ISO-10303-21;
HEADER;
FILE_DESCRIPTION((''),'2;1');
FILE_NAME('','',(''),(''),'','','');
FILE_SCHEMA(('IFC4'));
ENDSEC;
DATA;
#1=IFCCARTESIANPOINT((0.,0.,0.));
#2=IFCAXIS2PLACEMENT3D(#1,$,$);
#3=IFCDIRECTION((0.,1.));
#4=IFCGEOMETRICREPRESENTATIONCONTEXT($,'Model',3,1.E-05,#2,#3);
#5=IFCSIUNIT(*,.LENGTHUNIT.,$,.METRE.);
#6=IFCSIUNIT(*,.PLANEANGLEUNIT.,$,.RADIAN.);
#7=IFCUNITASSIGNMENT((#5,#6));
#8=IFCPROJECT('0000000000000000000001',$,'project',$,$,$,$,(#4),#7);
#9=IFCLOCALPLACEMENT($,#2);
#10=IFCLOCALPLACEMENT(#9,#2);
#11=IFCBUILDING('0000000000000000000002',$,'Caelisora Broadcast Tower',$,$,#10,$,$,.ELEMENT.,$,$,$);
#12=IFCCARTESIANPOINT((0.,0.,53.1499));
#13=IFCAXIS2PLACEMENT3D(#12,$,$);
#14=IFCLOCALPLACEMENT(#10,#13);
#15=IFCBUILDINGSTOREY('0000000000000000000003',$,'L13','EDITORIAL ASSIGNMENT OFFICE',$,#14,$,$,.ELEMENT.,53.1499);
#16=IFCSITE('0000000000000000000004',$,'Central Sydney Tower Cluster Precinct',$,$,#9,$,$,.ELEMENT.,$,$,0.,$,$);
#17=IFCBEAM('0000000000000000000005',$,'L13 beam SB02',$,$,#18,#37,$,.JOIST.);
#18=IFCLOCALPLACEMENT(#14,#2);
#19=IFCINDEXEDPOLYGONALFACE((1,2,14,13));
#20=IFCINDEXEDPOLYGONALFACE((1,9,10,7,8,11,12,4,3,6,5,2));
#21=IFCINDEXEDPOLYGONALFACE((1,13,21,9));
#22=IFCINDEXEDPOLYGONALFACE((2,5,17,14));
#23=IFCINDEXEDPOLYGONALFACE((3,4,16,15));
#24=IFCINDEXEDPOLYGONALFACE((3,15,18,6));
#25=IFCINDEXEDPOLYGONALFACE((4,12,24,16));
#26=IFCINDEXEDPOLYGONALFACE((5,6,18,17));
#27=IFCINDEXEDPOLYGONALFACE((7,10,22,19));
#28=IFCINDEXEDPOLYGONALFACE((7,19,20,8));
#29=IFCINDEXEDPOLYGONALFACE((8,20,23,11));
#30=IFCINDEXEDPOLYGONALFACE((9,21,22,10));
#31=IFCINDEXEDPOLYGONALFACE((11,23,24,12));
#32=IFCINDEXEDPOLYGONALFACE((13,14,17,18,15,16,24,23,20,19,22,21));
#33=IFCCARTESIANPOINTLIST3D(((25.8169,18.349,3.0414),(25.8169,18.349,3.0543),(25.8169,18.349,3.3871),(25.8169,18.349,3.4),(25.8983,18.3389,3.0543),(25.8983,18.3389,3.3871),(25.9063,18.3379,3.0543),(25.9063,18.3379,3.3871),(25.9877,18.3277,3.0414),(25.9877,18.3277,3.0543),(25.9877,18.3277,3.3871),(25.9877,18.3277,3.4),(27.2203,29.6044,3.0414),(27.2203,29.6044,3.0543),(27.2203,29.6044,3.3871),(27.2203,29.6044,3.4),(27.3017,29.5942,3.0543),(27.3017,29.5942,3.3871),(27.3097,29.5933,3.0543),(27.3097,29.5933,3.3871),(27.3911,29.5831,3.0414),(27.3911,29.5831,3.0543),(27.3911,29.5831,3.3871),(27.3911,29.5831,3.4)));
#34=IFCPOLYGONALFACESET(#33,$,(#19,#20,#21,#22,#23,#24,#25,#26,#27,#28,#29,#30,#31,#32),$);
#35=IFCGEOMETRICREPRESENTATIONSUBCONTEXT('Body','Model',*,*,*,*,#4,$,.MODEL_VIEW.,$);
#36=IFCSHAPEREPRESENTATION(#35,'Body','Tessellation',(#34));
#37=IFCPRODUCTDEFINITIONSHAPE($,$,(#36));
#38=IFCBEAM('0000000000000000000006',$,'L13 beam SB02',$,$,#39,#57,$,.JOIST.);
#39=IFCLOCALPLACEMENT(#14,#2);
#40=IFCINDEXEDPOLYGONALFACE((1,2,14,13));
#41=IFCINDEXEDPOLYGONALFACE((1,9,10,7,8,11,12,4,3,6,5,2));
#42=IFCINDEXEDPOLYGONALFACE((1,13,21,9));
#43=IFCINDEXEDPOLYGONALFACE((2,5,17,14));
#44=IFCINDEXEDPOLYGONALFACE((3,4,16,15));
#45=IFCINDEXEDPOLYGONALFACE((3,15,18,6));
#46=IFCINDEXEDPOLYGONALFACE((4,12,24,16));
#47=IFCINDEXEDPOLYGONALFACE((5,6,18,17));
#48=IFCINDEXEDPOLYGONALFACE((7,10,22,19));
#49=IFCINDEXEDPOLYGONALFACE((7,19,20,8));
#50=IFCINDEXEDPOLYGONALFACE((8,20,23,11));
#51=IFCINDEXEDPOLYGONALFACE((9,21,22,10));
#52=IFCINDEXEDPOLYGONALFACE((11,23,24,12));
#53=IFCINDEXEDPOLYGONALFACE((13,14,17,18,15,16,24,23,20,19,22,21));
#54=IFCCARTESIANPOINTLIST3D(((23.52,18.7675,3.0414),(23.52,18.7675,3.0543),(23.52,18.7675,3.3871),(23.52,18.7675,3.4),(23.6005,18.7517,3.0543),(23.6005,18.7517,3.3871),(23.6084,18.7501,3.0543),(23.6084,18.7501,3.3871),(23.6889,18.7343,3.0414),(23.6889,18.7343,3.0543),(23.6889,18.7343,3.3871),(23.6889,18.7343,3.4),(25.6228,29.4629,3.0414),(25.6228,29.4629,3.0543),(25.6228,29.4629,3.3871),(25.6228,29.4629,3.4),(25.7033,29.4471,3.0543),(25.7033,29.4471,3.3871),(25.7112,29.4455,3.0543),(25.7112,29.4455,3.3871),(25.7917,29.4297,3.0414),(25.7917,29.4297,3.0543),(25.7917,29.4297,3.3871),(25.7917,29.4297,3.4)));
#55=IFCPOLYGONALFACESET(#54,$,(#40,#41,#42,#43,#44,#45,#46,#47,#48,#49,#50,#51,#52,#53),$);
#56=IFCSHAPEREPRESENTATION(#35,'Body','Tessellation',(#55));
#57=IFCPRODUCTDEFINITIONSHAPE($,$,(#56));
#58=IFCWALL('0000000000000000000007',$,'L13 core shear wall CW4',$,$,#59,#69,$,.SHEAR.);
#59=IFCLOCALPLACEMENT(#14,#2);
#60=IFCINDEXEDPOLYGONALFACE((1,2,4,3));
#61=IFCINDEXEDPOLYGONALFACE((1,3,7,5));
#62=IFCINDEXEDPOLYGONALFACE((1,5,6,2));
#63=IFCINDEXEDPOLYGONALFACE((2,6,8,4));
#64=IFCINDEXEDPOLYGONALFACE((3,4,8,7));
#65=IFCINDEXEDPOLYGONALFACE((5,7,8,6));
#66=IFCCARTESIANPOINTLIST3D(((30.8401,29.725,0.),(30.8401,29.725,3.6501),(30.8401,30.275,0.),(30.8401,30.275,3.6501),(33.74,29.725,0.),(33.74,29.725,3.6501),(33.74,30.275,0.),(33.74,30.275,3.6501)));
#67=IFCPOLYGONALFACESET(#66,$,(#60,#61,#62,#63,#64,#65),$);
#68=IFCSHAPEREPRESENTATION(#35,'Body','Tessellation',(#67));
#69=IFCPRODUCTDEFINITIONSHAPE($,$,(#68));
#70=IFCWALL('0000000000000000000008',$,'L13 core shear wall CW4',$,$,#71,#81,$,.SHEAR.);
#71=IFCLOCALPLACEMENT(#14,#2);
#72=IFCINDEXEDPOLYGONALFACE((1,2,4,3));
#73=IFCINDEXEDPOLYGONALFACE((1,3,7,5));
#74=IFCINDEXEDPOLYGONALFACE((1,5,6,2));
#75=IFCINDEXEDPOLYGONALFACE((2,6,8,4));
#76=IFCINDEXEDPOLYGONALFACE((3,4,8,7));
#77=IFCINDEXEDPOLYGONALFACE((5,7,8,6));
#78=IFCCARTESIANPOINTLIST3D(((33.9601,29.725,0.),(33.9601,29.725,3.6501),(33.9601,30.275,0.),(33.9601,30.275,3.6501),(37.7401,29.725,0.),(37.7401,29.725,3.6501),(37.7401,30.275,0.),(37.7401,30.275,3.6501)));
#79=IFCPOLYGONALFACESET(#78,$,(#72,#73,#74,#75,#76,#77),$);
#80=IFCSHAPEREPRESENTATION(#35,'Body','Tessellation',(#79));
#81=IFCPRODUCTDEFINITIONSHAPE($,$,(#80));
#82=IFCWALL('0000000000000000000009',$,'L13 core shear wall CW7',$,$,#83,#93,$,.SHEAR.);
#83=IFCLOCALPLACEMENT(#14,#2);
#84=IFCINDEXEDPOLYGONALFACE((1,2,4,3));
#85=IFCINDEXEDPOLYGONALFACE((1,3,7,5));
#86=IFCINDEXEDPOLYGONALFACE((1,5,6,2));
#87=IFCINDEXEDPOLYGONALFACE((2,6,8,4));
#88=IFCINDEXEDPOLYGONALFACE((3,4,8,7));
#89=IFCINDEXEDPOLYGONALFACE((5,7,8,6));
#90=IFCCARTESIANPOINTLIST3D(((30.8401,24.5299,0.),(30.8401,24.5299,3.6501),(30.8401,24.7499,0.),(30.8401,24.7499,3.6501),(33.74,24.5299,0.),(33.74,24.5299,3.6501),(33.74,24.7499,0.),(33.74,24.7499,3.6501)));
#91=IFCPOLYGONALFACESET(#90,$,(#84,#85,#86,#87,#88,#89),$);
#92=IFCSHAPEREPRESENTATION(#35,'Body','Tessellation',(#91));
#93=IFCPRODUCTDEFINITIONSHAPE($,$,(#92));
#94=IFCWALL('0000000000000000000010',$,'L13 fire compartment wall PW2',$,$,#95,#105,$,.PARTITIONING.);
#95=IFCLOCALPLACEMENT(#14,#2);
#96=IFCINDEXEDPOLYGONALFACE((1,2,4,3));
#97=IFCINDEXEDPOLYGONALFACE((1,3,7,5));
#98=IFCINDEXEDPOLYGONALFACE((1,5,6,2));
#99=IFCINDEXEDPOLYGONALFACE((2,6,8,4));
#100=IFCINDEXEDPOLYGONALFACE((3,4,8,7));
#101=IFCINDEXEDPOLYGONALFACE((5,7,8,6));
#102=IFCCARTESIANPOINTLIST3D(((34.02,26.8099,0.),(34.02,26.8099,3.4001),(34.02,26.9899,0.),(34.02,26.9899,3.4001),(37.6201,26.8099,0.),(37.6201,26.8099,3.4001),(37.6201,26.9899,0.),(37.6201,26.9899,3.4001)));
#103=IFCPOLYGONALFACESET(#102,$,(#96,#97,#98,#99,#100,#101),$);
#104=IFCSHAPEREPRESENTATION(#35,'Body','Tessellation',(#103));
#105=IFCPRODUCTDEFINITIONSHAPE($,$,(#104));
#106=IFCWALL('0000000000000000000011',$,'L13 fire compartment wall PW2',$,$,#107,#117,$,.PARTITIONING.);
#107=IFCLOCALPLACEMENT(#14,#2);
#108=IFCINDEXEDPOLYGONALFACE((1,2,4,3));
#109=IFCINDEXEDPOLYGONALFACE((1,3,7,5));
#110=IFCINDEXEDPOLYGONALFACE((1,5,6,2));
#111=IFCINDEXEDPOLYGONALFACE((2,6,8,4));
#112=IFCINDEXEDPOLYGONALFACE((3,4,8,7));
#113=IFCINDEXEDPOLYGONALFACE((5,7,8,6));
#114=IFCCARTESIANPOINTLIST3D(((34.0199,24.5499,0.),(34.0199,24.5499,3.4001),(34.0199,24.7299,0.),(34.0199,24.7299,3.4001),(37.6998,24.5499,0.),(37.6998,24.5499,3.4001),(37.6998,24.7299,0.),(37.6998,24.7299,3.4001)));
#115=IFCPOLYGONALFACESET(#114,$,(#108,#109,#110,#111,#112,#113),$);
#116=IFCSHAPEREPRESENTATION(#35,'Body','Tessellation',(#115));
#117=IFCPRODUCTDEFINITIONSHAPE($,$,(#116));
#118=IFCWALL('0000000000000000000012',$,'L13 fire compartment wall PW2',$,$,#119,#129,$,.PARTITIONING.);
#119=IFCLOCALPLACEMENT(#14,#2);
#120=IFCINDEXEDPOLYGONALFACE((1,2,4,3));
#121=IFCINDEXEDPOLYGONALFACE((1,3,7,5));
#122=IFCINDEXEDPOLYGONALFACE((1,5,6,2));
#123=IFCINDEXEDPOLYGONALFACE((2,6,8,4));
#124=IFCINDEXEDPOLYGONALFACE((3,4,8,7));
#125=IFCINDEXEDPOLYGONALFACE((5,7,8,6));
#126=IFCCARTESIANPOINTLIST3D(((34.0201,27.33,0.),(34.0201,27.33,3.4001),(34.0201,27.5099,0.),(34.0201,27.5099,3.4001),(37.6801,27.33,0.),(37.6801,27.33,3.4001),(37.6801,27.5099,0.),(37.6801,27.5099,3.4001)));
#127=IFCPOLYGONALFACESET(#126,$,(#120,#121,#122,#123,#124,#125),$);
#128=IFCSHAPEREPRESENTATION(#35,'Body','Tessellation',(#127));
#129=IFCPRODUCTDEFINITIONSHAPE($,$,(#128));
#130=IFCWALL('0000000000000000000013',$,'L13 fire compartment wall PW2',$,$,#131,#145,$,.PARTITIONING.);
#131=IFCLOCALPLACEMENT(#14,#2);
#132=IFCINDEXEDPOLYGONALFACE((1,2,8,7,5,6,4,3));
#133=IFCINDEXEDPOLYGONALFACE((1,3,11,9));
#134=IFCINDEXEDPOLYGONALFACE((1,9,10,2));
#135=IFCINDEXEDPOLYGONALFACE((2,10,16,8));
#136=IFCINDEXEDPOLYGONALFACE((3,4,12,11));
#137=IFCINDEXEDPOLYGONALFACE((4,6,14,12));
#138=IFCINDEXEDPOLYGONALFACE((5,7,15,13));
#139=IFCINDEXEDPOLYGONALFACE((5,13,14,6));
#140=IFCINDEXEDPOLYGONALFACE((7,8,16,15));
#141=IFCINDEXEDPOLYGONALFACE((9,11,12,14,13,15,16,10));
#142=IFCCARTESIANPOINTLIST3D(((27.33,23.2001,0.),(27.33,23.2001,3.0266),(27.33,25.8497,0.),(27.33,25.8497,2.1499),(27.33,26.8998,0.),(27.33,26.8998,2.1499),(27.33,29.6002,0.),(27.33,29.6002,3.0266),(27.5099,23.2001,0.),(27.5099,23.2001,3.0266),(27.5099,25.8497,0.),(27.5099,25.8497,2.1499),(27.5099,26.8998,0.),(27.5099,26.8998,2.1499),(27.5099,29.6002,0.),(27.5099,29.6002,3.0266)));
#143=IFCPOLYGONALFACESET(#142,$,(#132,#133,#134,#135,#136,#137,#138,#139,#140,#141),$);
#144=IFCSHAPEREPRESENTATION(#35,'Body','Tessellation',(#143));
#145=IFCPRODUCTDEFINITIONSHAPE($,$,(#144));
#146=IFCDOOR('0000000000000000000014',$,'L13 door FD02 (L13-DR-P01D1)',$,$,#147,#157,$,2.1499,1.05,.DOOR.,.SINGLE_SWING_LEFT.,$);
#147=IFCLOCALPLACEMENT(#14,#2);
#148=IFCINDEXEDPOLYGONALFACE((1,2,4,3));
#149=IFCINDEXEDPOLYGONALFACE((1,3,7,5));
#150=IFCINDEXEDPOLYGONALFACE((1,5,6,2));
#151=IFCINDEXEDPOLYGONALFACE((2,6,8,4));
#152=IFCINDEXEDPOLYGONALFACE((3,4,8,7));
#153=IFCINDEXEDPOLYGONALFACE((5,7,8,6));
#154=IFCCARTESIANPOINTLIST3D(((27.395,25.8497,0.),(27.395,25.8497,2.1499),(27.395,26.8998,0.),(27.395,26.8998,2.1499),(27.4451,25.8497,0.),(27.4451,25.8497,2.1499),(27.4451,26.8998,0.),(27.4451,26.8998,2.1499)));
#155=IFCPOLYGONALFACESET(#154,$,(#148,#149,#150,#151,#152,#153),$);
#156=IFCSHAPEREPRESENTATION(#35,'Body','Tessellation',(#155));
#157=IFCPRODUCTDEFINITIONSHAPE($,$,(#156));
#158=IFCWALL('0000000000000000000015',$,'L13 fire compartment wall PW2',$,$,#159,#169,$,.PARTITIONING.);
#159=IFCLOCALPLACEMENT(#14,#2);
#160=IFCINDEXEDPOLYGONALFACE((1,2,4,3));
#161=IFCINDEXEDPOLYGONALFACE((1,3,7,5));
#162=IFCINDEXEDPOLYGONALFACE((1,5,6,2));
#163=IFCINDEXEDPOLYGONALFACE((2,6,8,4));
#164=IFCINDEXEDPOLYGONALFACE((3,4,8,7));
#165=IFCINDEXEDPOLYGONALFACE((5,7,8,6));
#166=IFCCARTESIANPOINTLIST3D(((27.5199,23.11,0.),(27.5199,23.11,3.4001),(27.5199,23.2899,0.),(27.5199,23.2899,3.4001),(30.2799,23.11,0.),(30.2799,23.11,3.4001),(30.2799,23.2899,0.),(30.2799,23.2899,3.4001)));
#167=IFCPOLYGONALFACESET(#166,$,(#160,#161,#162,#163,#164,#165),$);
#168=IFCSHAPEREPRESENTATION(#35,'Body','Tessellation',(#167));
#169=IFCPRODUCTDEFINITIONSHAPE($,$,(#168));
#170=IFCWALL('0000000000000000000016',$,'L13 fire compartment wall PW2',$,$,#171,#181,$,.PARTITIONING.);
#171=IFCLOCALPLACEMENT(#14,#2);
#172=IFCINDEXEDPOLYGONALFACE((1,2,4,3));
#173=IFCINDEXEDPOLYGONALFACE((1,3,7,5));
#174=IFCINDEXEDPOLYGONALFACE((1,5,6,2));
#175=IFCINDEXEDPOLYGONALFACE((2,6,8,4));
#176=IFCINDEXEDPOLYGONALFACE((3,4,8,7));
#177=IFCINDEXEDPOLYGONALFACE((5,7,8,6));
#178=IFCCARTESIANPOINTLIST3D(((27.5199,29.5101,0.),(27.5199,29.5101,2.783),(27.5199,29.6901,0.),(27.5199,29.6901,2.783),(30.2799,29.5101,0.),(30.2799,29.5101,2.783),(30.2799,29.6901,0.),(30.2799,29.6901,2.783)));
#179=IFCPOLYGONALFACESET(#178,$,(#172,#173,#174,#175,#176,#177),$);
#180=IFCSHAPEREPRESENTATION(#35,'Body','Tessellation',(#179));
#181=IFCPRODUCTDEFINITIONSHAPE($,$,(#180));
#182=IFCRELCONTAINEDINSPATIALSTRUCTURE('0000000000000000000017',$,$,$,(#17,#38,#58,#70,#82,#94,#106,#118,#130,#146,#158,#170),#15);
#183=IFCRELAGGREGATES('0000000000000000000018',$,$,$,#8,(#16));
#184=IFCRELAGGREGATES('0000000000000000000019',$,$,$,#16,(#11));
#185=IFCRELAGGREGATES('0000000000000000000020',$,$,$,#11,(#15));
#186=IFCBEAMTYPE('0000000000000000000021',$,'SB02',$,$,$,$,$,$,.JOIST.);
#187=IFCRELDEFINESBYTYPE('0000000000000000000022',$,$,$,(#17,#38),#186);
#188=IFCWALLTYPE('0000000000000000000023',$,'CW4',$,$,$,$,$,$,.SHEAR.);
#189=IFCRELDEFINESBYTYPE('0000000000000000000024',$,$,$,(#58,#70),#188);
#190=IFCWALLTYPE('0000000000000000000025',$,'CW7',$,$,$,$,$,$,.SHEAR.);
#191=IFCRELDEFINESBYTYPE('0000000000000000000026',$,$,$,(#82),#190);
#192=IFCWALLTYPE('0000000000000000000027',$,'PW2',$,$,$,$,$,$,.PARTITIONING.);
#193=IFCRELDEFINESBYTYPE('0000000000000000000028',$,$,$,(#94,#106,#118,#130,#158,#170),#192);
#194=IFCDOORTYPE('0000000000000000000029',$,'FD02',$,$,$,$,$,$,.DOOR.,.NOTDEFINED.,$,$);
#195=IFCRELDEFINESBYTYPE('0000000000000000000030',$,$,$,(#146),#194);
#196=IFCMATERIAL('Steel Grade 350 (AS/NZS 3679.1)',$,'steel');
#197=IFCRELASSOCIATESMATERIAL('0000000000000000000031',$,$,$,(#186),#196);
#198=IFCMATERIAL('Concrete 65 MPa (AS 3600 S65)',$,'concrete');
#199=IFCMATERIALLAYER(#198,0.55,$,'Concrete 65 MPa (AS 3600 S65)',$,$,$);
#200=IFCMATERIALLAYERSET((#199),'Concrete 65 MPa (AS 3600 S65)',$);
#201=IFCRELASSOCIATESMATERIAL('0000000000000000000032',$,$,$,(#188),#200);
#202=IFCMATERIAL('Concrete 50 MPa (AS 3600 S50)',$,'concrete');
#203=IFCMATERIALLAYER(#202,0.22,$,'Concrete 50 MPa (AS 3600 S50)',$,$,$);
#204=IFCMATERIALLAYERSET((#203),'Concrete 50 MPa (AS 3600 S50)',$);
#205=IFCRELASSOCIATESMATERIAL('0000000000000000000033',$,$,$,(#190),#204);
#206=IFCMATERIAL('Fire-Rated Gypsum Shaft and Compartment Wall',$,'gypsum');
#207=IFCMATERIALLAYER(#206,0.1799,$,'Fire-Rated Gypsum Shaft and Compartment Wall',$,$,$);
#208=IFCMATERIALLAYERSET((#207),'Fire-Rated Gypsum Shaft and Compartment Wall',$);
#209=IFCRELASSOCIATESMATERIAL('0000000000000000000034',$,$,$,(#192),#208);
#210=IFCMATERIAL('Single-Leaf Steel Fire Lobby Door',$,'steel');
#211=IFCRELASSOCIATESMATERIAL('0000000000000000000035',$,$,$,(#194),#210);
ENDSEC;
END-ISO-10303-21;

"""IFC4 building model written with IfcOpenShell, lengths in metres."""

from ifc_helpers import new_model, si_unit, direction, frame, frame_2d, origin, origin_2d, place, context, subcontext, project, spatial, rectangle, i_section, extrude, source, transform, mapped, material, layer, layer_set, material_profile, profile_set, type_object, element, fill, save


model = new_model("IFC4")

# Units and contexts
model_context = context("Model", 3, precision=1e-05, world=origin(), true_north=direction((0.0, 1.0)))
body_context = subcontext(model_context, "Body", "Model", "MODEL_VIEW")
ifc_project = project(units=[si_unit("LENGTHUNIT", "METRE"), si_unit("PLANEANGLEUNIT", "RADIAN")], contexts=[model_context])

# Site, building, storey
site_placement = place(None, origin())
site = spatial("IfcSite", under=ifc_project, at=site_placement, Name="Central Sydney Tower Cluster Precinct", CompositionType="ELEMENT", RefElevation=0.0)
building_placement = place(site_placement, origin())
building = spatial("IfcBuilding", under=site, at=building_placement, Name="Caelisora Broadcast Tower", CompositionType="ELEMENT")
storey_placement = place(building_placement, frame((0.0, 0.0, 53.1499)))
storey = spatial("IfcBuildingStorey", under=building, at=storey_placement, Name="L13", Description="EDITORIAL ASSIGNMENT OFFICE", CompositionType="ELEMENT", Elevation=53.1499)

# Shared definitions
ifc_material_1 = material(Name="Steel Grade 350 (AS/NZS 3679.1)", Category="steel")

# Beams
ifc_material_2 = material(Name="Concrete 50 MPa (AS 3600 S50)", Category="concrete")
ifc_material_profile_1 = material_profile(ifc_material_1, i_section(OverallWidth=0.1721, OverallDepth=0.3586, WebThickness=0.0081, FlangeThickness=0.0129, at=origin_2d()), Name="Steel Grade 350 (AS/NZS 3679.1)")
ifc_profile_set_1 = profile_set([ifc_material_profile_1], Name="Steel Grade 350 (AS/NZS 3679.1)")
beam_type_1 = type_object("IfcBeamType", Name="SB02", PredefinedType="JOIST", material=ifc_profile_set_1)
shared_shape_1 = source(origin(), body_context, "Body", "SweptSolid", [
    extrude(i_section(OverallWidth=0.1721, OverallDepth=0.3586, WebThickness=0.0081, FlangeThickness=0.0129, at=origin_2d()), origin(), (0.0, 0.0, 1.0), 11.3425),
])
beam_1_placement = place(storey_placement, frame((27.3057, 29.5938, 3.2207), z_axis=(-0.123722, -0.992317, 0.0), x_axis=(0.992317, -0.123722, 0.0)))
element("IfcBeam", 1, at=beam_1_placement, inside=storey, type_object=beam_type_1, Name="L13 beam SB02", PredefinedType="JOIST", context=body_context, shape_type="MappedRepresentation", body=[
    mapped(shared_shape_1, transform((0.0, 0.0, 0.0), scale=1.0)),
])
shared_shape_2 = source(origin(), body_context, "Body", "SweptSolid", [
    extrude(i_section(OverallWidth=0.1721, OverallDepth=0.3586, WebThickness=0.0081, FlangeThickness=0.0129, at=origin_2d()), origin(), (0.0, 0.0, 1.0), 10.9001),
])
beam_2_placement = place(storey_placement, frame((25.7073, 29.4463, 3.2207), z_axis=(-0.192915, -0.981216, 0.0), x_axis=(0.981216, -0.192915, 0.0)))
element("IfcBeam", 2, at=beam_2_placement, inside=storey, type_object=beam_type_1, Name="L13 beam SB02", PredefinedType="JOIST", context=body_context, shape_type="MappedRepresentation", body=[
    mapped(shared_shape_2, transform((0.0, 0.0, 0.0), scale=1.0)),
])

# Walls
ifc_material_3 = material(Name="Concrete 65 MPa (AS 3600 S65)", Category="concrete")
ifc_layer_1 = layer(ifc_material_3, 0.55, Name="Concrete 65 MPa (AS 3600 S65)")
ifc_layer_set_1 = layer_set([ifc_layer_1], Name="Concrete 65 MPa (AS 3600 S65)")
wall_type_1 = type_object("IfcWallType", Name="CW4", PredefinedType="SHEAR", material=ifc_layer_set_1)
wall_1_placement = place(storey_placement, frame((30.8401, 30.0, 0.0), z_axis=(0.0, 0.0, 1.0), x_axis=(1.0, 0.0, 0.0)))
element("IfcWall", 3, at=wall_1_placement, inside=storey, type_object=wall_type_1, Name="L13 core shear wall CW4", PredefinedType="SHEAR", context=body_context, shape_type="SweptSolid", body=[
    extrude(rectangle(XDim=2.8999, YDim=0.55, at=frame_2d((1.45, 0.0))), origin(), (0.0, 0.0, 1.0), 3.6501),
])
wall_2_placement = place(storey_placement, frame((33.96, 30.0, 0.0), z_axis=(0.0, 0.0, 1.0), x_axis=(1.0, 0.0, 0.0)))
element("IfcWall", 4, at=wall_2_placement, inside=storey, type_object=wall_type_1, Name="L13 core shear wall CW4", PredefinedType="SHEAR", context=body_context, shape_type="SweptSolid", body=[
    extrude(rectangle(XDim=3.78, YDim=0.55, at=frame_2d((1.8901, 0.0))), origin(), (0.0, 0.0, 1.0), 3.6501),
])
ifc_layer_2 = layer(ifc_material_2, 0.22, Name="Concrete 50 MPa (AS 3600 S50)")
ifc_layer_set_2 = layer_set([ifc_layer_2], Name="Concrete 50 MPa (AS 3600 S50)")
wall_type_2 = type_object("IfcWallType", Name="CW7", PredefinedType="SHEAR", material=ifc_layer_set_2)
wall_3_placement = place(storey_placement, frame((30.8401, 24.6399, 0.0), z_axis=(0.0, 0.0, 1.0), x_axis=(1.0, 0.0, 0.0)))
element("IfcWall", 5, at=wall_3_placement, inside=storey, type_object=wall_type_2, Name="L13 core shear wall CW7", PredefinedType="SHEAR", context=body_context, shape_type="SweptSolid", body=[
    extrude(rectangle(XDim=2.8999, YDim=0.22, at=frame_2d((1.45, 0.0))), origin(), (0.0, 0.0, 1.0), 3.6501),
])
ifc_material_4 = material(Name="Fire-Rated Gypsum Shaft and Compartment Wall", Category="gypsum")
ifc_layer_3 = layer(ifc_material_4, 0.1799, Name="Fire-Rated Gypsum Shaft and Compartment Wall")
ifc_layer_set_3 = layer_set([ifc_layer_3], Name="Fire-Rated Gypsum Shaft and Compartment Wall")
wall_type_3 = type_object("IfcWallType", Name="PW2", PredefinedType="PARTITIONING", material=ifc_layer_set_3)
wall_4_placement = place(storey_placement, frame((34.02, 26.8999, 0.0), z_axis=(0.0, 0.0, 1.0), x_axis=(1.0, 0.0, 0.0)))
element("IfcWall", 6, at=wall_4_placement, inside=storey, type_object=wall_type_3, Name="L13 fire compartment wall PW2", PredefinedType="PARTITIONING", context=body_context, shape_type="SweptSolid", body=[
    extrude(rectangle(XDim=3.6001, YDim=0.1799, at=frame_2d((1.8, 0.0))), origin(), (0.0, 0.0, 1.0), 3.4001),
])
wall_5_placement = place(storey_placement, frame((34.02, 24.6399, 0.0), z_axis=(0.0, 0.0, 1.0), x_axis=(1.0, 0.0, 0.0)))
element("IfcWall", 7, at=wall_5_placement, inside=storey, type_object=wall_type_3, Name="L13 fire compartment wall PW2", PredefinedType="PARTITIONING", context=body_context, shape_type="SweptSolid", body=[
    extrude(rectangle(XDim=3.6799, YDim=0.1799, at=frame_2d((1.8398, 0.0))), origin(), (0.0, 0.0, 1.0), 3.4001),
])
wall_6_placement = place(storey_placement, frame((34.02, 27.4199, 0.0), z_axis=(0.0, 0.0, 1.0), x_axis=(1.0, 0.0, 0.0)))
element("IfcWall", 8, at=wall_6_placement, inside=storey, type_object=wall_type_3, Name="L13 fire compartment wall PW2", PredefinedType="PARTITIONING", context=body_context, shape_type="SweptSolid", body=[
    extrude(rectangle(XDim=3.6599, YDim=0.1799, at=frame_2d((1.8301, 0.0))), origin(), (0.0, 0.0, 1.0), 3.4001),
])

# Wall, opening, door
wall_7_placement = place(storey_placement, frame((27.4199, 23.2, 0.0), z_axis=(0.0, 0.0, 1.0), x_axis=(0.0, 1.0, 0.0)))
wall_7 = element("IfcWall", 9, at=wall_7_placement, inside=storey, type_object=wall_type_3, Name="L13 fire compartment wall PW2", PredefinedType="PARTITIONING", context=body_context, shape_type="SweptSolid", body=[
    extrude(rectangle(XDim=6.4001, YDim=0.1799, at=frame_2d((3.2002, 0.0))), origin(), (0.0, 0.0, 1.0), 3.0266),
])
opening_placement = place(wall_7_placement, frame((2.6499, 0.0, 0.0)))
opening = element("IfcOpeningElement", 10, at=opening_placement, cuts=wall_7, PredefinedType="OPENING", context=body_context, shape_type="SweptSolid", body=[
    extrude(rectangle(XDim=1.05, YDim=2.1499, at=frame_2d((0.5249, 1.075))), frame((0.0, 0.1021, 0.0), z_axis=(0.0, -1.0, 0.0), x_axis=(1.0, 0.0, 0.0)), (0.0, 0.0, 1.0), 0.2039),
])
ifc_material_5 = material(Name="Single-Leaf Steel Fire Lobby Door", Category="steel")
door_type = type_object("IfcDoorType", Name="FD02", OperationType="NOTDEFINED", PredefinedType="DOOR", material=ifc_material_5)
door_placement = place(opening_placement, origin())
door = element("IfcDoor", 11, at=door_placement, inside=storey, type_object=door_type, Name="L13 door FD02 (L13-DR-P01D1)", OperationType="SINGLE_SWING_LEFT", OverallHeight=2.1499, OverallWidth=1.05, PredefinedType="DOOR", context=body_context, shape_type="SweptSolid", body=[
    extrude(rectangle(XDim=1.05, YDim=2.1499, at=frame_2d((0.5249, 1.075))), frame((0.0, 0.0249, 0.0), z_axis=(0.0, -1.0, 0.0), x_axis=(1.0, 0.0, 0.0)), (0.0, 0.0, 1.0), 0.05),
])
fill(opening, door)

# Walls
wall_8_placement = place(storey_placement, frame((27.52, 23.2, 0.0), z_axis=(0.0, 0.0, 1.0), x_axis=(1.0, 0.0, 0.0)))
element("IfcWall", 12, at=wall_8_placement, inside=storey, type_object=wall_type_3, Name="L13 fire compartment wall PW2", PredefinedType="PARTITIONING", context=body_context, shape_type="SweptSolid", body=[
    extrude(rectangle(XDim=2.76, YDim=0.1799, at=frame_2d((1.3799, 0.0))), origin(), (0.0, 0.0, 1.0), 3.4001),
])
wall_9_placement = place(storey_placement, frame((27.52, 29.6001, 0.0), z_axis=(0.0, 0.0, 1.0), x_axis=(1.0, 0.0, 0.0)))
element("IfcWall", 13, at=wall_9_placement, inside=storey, type_object=wall_type_3, Name="L13 fire compartment wall PW2", PredefinedType="PARTITIONING", context=body_context, shape_type="SweptSolid", body=[
    extrude(rectangle(XDim=2.76, YDim=0.1799, at=frame_2d((1.3799, 0.0))), origin(), (0.0, 0.0, 1.0), 2.783),
])

save(model, "model.ifc")
